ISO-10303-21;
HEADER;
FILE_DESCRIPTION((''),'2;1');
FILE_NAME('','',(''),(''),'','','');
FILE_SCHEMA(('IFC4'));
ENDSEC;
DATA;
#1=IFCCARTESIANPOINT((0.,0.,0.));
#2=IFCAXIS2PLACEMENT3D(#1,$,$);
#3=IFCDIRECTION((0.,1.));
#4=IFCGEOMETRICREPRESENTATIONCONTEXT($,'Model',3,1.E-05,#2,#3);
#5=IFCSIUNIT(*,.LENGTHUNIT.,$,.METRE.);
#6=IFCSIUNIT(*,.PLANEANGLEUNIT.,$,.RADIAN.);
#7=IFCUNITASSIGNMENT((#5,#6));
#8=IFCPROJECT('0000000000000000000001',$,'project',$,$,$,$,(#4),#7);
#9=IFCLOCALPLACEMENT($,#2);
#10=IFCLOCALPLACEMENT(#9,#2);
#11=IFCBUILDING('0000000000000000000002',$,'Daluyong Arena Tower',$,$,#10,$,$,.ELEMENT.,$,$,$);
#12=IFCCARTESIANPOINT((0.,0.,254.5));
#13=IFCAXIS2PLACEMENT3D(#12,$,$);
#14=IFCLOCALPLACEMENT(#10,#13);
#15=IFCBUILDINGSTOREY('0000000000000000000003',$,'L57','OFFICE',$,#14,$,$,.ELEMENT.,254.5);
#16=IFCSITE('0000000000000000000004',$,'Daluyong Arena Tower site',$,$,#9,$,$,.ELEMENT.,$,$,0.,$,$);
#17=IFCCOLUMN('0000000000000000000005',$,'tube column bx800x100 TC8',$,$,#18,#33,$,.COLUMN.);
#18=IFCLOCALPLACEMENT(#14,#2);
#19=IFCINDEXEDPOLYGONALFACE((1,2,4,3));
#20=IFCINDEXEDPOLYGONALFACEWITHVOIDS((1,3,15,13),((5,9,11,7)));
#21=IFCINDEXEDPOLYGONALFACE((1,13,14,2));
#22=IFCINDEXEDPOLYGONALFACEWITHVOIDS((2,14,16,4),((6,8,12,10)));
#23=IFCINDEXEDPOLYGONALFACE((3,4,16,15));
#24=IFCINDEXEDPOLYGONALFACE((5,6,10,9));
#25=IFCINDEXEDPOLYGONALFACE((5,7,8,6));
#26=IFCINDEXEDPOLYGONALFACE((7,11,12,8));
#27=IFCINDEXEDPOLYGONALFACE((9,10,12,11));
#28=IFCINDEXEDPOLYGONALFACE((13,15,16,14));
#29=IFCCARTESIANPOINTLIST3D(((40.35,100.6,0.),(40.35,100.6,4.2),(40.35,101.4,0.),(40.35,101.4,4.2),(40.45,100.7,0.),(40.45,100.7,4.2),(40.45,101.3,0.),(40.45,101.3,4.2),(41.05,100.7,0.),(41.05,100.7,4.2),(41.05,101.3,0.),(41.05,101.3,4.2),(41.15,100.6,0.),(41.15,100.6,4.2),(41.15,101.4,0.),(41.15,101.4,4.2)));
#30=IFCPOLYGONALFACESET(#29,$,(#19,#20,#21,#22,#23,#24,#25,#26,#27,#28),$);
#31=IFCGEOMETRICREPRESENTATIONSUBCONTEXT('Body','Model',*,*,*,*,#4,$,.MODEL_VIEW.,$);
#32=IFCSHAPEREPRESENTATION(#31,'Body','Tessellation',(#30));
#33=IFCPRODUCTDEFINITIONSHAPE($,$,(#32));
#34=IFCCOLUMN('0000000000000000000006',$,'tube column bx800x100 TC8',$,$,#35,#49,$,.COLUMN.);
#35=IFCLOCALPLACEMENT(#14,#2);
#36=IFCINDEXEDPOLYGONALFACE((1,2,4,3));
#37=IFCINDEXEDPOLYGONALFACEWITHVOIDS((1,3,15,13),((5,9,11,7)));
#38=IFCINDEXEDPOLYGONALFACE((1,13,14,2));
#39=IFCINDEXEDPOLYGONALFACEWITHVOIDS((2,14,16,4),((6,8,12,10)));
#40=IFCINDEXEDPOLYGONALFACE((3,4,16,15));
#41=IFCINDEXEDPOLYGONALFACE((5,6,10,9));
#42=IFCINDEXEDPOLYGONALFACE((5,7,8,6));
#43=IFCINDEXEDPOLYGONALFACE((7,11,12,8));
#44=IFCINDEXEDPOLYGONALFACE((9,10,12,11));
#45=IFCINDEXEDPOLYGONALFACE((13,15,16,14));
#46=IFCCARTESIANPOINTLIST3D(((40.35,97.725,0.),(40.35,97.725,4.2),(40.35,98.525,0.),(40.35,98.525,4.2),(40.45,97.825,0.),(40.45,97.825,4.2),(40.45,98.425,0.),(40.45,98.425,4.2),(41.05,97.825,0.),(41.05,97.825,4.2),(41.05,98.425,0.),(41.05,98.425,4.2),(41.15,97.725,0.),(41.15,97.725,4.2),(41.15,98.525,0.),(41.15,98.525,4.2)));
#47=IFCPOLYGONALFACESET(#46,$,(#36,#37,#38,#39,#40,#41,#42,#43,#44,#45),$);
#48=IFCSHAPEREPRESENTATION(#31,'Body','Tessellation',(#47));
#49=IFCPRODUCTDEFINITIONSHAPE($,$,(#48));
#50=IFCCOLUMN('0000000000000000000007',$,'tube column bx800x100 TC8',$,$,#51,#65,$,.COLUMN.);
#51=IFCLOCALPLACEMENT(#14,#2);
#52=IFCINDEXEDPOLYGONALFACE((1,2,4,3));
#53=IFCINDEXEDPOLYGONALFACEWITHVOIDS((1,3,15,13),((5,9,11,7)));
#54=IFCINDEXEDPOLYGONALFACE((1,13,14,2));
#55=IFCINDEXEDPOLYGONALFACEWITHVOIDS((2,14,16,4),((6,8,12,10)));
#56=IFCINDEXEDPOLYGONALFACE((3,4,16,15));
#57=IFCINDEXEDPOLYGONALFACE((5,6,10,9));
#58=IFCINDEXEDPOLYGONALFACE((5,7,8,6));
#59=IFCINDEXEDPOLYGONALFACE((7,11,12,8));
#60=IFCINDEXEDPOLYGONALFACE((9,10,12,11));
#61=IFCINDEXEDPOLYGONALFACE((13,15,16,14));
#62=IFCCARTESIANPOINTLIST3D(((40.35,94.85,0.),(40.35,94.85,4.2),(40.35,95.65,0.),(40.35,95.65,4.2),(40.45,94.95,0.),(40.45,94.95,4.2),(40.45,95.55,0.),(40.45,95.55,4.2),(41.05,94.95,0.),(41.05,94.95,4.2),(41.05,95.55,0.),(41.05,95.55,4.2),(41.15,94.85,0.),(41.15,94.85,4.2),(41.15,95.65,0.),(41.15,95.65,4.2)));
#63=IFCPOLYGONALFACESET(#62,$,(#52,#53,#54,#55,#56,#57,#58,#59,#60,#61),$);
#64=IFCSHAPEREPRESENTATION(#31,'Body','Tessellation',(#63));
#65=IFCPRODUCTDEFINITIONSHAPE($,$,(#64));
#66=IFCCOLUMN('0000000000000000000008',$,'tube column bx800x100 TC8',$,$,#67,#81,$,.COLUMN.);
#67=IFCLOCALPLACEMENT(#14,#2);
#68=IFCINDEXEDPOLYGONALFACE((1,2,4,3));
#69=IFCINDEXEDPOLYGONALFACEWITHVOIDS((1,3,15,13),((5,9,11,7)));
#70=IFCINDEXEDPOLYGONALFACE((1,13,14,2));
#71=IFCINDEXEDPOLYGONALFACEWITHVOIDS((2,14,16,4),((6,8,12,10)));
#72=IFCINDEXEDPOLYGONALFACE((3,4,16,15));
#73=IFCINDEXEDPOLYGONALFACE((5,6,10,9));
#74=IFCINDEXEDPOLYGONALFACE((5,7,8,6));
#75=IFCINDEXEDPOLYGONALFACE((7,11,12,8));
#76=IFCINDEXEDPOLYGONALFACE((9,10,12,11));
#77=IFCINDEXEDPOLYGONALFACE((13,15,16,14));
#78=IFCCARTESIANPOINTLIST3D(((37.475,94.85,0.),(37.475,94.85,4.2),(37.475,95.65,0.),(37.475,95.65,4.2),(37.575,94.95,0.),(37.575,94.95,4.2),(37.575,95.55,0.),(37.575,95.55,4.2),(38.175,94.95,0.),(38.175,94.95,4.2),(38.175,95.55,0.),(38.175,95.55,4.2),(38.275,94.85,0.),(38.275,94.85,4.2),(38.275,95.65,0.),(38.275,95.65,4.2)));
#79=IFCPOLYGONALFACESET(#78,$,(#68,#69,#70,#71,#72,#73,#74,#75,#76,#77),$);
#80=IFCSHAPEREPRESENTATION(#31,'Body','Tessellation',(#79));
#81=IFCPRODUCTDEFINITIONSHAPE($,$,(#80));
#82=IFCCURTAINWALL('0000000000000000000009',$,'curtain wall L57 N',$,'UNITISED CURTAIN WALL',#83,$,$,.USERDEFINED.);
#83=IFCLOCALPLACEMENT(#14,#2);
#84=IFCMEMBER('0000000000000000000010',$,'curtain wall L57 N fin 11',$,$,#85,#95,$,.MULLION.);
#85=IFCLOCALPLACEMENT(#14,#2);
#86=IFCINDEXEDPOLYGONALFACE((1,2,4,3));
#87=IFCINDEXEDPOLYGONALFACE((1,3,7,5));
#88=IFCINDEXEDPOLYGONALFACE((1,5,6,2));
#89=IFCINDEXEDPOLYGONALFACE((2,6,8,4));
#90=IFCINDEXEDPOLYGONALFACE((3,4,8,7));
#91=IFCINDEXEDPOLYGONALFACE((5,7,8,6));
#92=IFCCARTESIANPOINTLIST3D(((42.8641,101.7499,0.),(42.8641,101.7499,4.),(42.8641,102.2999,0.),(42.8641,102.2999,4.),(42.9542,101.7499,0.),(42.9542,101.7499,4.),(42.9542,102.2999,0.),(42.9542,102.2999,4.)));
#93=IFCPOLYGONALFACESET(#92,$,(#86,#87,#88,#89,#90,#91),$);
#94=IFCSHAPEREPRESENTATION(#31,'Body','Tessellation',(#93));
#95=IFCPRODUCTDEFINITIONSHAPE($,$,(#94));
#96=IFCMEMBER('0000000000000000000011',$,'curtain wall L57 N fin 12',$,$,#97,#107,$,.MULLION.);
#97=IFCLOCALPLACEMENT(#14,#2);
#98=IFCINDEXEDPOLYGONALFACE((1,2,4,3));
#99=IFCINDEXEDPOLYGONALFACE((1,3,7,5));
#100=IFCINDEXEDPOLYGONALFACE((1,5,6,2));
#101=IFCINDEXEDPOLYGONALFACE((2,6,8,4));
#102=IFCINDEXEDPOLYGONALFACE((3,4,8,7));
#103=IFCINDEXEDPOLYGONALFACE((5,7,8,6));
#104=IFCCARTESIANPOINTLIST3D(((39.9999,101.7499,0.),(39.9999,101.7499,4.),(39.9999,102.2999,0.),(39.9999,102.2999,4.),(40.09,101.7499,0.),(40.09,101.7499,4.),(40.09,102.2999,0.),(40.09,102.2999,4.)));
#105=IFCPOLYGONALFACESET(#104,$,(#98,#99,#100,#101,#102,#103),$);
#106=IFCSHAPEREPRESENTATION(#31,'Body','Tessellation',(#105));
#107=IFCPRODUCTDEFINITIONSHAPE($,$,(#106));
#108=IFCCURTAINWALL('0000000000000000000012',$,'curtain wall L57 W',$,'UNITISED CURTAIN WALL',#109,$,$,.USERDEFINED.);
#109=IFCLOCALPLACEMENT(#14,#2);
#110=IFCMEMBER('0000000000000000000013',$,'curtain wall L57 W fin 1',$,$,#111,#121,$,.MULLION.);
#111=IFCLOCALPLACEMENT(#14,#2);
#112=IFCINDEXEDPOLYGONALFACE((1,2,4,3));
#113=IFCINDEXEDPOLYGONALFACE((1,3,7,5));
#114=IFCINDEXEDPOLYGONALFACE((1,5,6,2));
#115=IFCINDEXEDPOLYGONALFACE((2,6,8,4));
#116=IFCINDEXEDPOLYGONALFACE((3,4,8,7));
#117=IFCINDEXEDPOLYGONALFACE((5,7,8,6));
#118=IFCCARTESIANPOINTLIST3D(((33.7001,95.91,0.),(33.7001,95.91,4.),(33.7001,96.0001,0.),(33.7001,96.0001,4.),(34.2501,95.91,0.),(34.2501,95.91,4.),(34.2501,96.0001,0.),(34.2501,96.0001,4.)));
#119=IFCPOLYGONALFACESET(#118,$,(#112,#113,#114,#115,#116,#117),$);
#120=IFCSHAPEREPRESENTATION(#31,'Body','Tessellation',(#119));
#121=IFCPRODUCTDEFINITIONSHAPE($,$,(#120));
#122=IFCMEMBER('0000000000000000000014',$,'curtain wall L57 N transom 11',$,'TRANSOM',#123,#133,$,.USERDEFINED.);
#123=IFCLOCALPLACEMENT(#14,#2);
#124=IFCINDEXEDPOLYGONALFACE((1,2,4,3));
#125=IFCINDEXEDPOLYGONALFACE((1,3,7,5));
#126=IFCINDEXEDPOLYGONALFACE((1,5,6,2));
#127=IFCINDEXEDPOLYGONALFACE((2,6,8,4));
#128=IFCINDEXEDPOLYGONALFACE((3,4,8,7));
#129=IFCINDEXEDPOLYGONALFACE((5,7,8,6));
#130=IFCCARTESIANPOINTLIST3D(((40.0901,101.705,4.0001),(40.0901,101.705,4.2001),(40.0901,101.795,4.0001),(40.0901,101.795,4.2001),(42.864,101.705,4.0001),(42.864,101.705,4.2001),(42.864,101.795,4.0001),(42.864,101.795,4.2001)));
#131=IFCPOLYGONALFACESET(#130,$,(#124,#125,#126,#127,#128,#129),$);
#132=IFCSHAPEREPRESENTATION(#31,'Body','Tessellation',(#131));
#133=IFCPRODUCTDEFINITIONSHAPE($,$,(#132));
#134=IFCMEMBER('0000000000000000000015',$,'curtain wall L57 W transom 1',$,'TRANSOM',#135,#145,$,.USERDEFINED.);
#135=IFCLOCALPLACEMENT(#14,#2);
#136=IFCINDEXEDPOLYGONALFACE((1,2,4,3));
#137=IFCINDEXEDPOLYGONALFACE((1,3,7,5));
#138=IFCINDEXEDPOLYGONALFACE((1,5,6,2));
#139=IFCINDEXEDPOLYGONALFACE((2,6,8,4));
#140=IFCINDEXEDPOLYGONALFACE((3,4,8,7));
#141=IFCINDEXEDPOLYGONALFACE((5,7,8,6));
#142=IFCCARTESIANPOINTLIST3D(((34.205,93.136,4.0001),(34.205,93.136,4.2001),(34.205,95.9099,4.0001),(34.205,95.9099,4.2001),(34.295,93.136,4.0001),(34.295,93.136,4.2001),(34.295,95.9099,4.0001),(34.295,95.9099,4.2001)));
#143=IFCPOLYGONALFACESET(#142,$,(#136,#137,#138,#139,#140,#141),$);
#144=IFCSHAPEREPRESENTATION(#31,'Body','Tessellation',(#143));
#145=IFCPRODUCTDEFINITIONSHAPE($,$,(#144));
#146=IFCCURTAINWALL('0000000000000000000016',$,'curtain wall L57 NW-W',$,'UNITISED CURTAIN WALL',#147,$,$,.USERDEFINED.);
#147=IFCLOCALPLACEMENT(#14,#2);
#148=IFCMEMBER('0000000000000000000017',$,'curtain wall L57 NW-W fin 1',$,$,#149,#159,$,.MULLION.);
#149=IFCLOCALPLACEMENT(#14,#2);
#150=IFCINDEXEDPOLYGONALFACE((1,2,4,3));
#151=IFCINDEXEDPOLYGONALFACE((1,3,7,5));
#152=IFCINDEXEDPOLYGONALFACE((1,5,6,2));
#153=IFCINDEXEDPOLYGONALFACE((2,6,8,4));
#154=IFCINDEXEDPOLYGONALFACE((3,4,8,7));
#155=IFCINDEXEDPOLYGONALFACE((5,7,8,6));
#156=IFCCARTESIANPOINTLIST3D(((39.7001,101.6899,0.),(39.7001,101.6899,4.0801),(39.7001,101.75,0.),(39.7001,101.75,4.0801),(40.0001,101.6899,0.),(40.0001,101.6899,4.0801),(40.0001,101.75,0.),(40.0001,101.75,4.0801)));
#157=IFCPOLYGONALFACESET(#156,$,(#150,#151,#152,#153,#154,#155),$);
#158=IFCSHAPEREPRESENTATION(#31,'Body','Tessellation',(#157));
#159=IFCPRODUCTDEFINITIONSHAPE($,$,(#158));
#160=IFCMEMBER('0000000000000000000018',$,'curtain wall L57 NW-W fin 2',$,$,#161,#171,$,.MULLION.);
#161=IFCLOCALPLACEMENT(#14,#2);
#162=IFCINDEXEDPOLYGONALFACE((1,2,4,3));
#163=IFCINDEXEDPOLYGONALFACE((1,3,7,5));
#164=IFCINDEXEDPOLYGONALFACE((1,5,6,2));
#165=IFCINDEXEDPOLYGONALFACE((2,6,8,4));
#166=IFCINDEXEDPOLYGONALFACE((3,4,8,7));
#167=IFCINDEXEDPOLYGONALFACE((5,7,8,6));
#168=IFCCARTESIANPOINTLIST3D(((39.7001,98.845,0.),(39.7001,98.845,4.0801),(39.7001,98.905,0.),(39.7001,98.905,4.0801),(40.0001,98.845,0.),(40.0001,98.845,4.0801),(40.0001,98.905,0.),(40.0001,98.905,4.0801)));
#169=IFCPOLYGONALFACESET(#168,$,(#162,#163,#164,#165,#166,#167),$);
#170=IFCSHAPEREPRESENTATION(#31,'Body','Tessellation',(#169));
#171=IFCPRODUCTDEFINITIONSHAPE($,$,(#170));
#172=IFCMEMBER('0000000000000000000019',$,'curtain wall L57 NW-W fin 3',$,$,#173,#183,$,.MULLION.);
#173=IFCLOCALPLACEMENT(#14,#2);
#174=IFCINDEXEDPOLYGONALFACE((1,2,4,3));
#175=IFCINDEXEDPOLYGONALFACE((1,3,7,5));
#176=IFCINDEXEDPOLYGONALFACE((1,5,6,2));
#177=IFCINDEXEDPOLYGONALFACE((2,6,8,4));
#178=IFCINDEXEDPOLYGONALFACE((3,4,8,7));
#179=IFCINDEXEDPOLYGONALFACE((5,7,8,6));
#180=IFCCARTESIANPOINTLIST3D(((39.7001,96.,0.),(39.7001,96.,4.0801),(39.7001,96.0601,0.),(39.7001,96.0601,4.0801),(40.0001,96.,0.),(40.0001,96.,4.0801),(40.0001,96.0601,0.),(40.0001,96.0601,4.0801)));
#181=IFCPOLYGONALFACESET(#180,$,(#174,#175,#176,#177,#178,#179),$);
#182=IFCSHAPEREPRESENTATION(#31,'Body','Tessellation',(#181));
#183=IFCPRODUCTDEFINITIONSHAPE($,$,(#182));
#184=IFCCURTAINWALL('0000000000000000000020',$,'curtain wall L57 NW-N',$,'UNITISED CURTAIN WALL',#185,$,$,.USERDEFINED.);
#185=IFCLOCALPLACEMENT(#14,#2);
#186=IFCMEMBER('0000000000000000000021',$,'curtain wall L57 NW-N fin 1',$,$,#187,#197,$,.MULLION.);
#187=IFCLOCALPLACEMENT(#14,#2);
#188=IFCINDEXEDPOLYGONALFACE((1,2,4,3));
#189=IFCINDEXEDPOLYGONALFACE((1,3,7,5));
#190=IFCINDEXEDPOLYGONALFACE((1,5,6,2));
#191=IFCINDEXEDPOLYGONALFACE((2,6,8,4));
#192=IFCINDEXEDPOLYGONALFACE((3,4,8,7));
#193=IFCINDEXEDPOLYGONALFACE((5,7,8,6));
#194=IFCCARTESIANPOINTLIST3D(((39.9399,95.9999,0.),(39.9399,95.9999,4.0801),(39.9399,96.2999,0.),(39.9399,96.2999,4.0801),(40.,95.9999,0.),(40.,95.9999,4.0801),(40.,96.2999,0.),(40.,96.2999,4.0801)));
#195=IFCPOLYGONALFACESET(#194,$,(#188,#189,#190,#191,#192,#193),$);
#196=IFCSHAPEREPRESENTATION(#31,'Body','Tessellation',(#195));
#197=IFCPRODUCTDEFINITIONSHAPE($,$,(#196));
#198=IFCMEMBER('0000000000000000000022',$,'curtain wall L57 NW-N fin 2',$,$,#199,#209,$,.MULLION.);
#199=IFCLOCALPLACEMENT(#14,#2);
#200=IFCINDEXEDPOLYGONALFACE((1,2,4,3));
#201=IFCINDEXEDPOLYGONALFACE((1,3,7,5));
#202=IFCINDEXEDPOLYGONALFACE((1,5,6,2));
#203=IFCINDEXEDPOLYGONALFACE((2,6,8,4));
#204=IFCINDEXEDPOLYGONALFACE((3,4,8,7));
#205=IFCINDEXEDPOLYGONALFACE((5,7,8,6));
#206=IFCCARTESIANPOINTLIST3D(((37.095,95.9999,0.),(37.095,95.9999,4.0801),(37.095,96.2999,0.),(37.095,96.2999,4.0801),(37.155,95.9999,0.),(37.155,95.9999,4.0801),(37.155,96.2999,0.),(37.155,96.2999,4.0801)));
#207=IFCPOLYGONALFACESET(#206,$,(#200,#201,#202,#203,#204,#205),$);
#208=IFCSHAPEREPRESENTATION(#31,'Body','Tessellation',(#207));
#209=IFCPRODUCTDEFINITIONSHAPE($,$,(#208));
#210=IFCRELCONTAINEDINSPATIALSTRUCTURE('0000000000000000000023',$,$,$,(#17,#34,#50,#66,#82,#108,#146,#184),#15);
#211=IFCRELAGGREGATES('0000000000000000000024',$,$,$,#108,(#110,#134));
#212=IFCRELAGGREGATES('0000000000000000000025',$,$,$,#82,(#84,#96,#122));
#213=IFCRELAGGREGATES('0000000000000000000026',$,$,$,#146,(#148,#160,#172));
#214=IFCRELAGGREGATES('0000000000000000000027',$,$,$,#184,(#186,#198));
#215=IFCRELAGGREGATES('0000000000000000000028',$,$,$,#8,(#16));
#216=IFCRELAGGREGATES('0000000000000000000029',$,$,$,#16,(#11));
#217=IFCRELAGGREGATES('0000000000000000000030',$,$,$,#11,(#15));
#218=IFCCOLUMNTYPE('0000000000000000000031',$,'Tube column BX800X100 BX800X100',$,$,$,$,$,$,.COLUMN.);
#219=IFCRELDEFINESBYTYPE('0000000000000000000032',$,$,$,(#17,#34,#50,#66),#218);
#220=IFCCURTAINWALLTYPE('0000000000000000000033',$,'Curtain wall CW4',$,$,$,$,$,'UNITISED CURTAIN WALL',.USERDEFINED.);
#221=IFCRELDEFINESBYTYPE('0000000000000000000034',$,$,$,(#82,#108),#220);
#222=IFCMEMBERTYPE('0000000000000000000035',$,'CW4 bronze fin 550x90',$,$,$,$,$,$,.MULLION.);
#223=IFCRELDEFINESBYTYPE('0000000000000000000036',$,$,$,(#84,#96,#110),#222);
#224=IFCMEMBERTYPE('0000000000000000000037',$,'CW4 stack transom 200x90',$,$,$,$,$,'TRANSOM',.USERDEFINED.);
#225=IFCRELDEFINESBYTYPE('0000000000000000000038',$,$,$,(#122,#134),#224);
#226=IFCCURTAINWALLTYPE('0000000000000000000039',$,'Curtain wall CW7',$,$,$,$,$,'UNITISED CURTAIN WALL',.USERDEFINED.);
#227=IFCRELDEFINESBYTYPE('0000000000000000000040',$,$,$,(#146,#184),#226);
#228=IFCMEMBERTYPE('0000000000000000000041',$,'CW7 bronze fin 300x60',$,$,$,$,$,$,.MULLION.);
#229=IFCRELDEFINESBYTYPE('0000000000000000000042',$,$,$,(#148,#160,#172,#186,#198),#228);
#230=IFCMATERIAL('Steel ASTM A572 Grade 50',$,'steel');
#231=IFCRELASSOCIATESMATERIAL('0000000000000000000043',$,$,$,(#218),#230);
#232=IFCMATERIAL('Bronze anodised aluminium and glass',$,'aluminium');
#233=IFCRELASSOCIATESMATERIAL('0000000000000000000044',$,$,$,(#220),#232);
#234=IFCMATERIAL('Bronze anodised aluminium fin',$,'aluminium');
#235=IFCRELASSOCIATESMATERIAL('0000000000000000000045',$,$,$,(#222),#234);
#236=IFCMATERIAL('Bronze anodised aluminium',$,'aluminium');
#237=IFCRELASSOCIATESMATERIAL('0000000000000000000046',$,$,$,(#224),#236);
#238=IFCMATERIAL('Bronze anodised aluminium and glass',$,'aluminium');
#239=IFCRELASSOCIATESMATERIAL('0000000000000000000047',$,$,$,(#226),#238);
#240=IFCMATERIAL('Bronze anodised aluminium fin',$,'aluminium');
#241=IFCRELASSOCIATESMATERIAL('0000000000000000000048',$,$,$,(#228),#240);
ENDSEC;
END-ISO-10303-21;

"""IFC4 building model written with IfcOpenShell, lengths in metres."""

from ifc_helpers import new_model, si_unit, direction, frame, origin, origin_2d, place, context, subcontext, project, spatial, rectangle, hollow_rectangle, extrude, material, material_profile, profile_set, type_object, element, aggregate, save


model = new_model("IFC4")

# Units and contexts
model_context = context("Model", 3, precision=1e-05, world=origin(), true_north=direction((0.0, 1.0)))
body_context = subcontext(model_context, "Body", "Model", "MODEL_VIEW")
ifc_project = project(units=[si_unit("LENGTHUNIT", "METRE"), si_unit("PLANEANGLEUNIT", "RADIAN")], contexts=[model_context])

# Site, building, storey
site_placement = place(None, origin())
site = spatial("IfcSite", under=ifc_project, at=site_placement, Name="Daluyong Arena Tower site", CompositionType="ELEMENT", RefElevation=0.0)
building_placement = place(site_placement, origin())
building = spatial("IfcBuilding", under=site, at=building_placement, Name="Daluyong Arena Tower", CompositionType="ELEMENT")
storey_placement = place(building_placement, frame((0.0, 0.0, 254.5)))
storey = spatial("IfcBuildingStorey", under=building, at=storey_placement, Name="L57", Description="OFFICE", CompositionType="ELEMENT", Elevation=254.5)

# Columns
ifc_material_1 = material(Name="Steel ASTM A572 Grade 50", Category="steel")
ifc_material_profile_1 = material_profile(ifc_material_1, hollow_rectangle(XDim=0.8, YDim=0.8, WallThickness=0.1, at=origin_2d()))
ifc_profile_set_1 = profile_set([ifc_material_profile_1], Name="Steel ASTM A572 Grade 50")
column_type = type_object("IfcColumnType", Name="Tube column BX800X100 BX800X100", PredefinedType="COLUMN", material=ifc_profile_set_1)
for number, where, z_axis, x_axis, name in (
    (1, (40.75, 101.0, 0.0), (0.0, 0.0, 1.0), (0.0, 1.0, 0.0), "tube column bx800x100 TC8"),
    (2, (40.75, 98.125, 0.0), (0.0, 0.0, 1.0), (0.0, 1.0, 0.0), "tube column bx800x100 TC8"),
    (3, (40.75, 95.25, 0.0), (0.0, 0.0, 1.0), (1.0, 0.0, 0.0), "tube column bx800x100 TC8"),
    (4, (37.875, 95.25, 0.0), (0.0, 0.0, 1.0), (1.0, 0.0, 0.0), "tube column bx800x100 TC8"),
):
    element("IfcColumn", number, at=place(storey_placement, frame(where, z_axis=z_axis, x_axis=x_axis)), inside=storey, type_object=column_type, Name=name, PredefinedType="COLUMN", context=body_context, shape_type="SweptSolid", body=[
        extrude(hollow_rectangle(XDim=0.8, YDim=0.8, WallThickness=0.1, at=origin_2d()), origin(), (0.0, 0.0, 1.0), 4.2),
    ])

# Curtain wall, members
ifc_material_2 = material(Name="Bronze anodised aluminium and glass", Category="aluminium")
curtain_wall_type_1 = type_object("IfcCurtainWallType", Name="Curtain wall CW4", ElementType="UNITISED CURTAIN WALL", PredefinedType="USERDEFINED", material=ifc_material_2)
curtain_wall_1_placement = place(storey_placement, origin())
curtain_wall_1 = element("IfcCurtainWall", 5, at=curtain_wall_1_placement, inside=storey, type_object=curtain_wall_type_1, Name="curtain wall L57 N", ObjectType="UNITISED CURTAIN WALL", PredefinedType="USERDEFINED")
ifc_material_3 = material(Name="Bronze anodised aluminium fin", Category="aluminium")
ifc_material_profile_2 = material_profile(ifc_material_3, rectangle(XDim=0.55, YDim=0.0901, at=origin_2d()))
ifc_profile_set_2 = profile_set([ifc_material_profile_2], Name="Bronze anodised aluminium fin")
member_type_1 = type_object("IfcMemberType", Name="CW4 bronze fin 550x90", PredefinedType="MULLION", material=ifc_profile_set_2)
member_1_placement = place(storey_placement, frame((42.9092, 102.0249, 0.0), z_axis=(0.0, 0.0, 1.0), x_axis=(0.0, -1.0, 0.0)))
member_1 = element("IfcMember", 6, at=member_1_placement, type_object=member_type_1, Name="curtain wall L57 N fin 11", PredefinedType="MULLION", context=body_context, shape_type="SweptSolid", body=[
    extrude(rectangle(XDim=0.55, YDim=0.0901, at=origin_2d()), origin(), (0.0, 0.0, 1.0), 4.0),
])
member_2_placement = place(storey_placement, frame((40.0449, 102.0249, 0.0), z_axis=(0.0, 0.0, 1.0), x_axis=(0.0, -1.0, 0.0)))
member_2 = element("IfcMember", 7, at=member_2_placement, type_object=member_type_1, Name="curtain wall L57 N fin 12", PredefinedType="MULLION", context=body_context, shape_type="SweptSolid", body=[
    extrude(rectangle(XDim=0.55, YDim=0.0901, at=origin_2d()), origin(), (0.0, 0.0, 1.0), 4.0),
])

# Curtain wall, member
curtain_wall_2_placement = place(storey_placement, origin())
curtain_wall_2 = element("IfcCurtainWall", 8, at=curtain_wall_2_placement, inside=storey, type_object=curtain_wall_type_1, Name="curtain wall L57 W", ObjectType="UNITISED CURTAIN WALL", PredefinedType="USERDEFINED")
member_3_placement = place(storey_placement, frame((33.9751, 95.9551, 0.0), z_axis=(0.0, 0.0, 1.0), x_axis=(1.0, 0.0, 0.0)))
member_3 = element("IfcMember", 9, at=member_3_placement, type_object=member_type_1, Name="curtain wall L57 W fin 1", PredefinedType="MULLION", context=body_context, shape_type="SweptSolid", body=[
    extrude(rectangle(XDim=0.55, YDim=0.0901, at=origin_2d()), origin(), (0.0, 0.0, 1.0), 4.0),
])

# Members
ifc_material_4 = material(Name="Bronze anodised aluminium", Category="aluminium")
ifc_material_profile_3 = material_profile(ifc_material_4, rectangle(XDim=0.0901, YDim=0.2, at=origin_2d()))
ifc_profile_set_3 = profile_set([ifc_material_profile_3], Name="Bronze anodised aluminium")
member_type_2 = type_object("IfcMemberType", Name="CW4 stack transom 200x90", ElementType="TRANSOM", PredefinedType="USERDEFINED", material=ifc_profile_set_3)
member_4_placement = place(storey_placement, frame((42.864, 101.75, 4.1001), z_axis=(-1.0, 0.0, 0.0), x_axis=(0.0, -1.0, 0.0)))
member_4 = element("IfcMember", 10, at=member_4_placement, type_object=member_type_2, Name="curtain wall L57 N transom 11", ObjectType="TRANSOM", PredefinedType="USERDEFINED", context=body_context, shape_type="SweptSolid", body=[
    extrude(rectangle(XDim=0.0901, YDim=0.2, at=origin_2d()), origin(), (0.0, 0.0, 1.0), 2.7739),
])
member_5_placement = place(storey_placement, frame((34.25, 95.9099, 4.1001), z_axis=(0.0, -1.0, 0.0), x_axis=(1.0, 0.0, 0.0)))
member_5 = element("IfcMember", 11, at=member_5_placement, type_object=member_type_2, Name="curtain wall L57 W transom 1", ObjectType="TRANSOM", PredefinedType="USERDEFINED", context=body_context, shape_type="SweptSolid", body=[
    extrude(rectangle(XDim=0.0901, YDim=0.2, at=origin_2d()), origin(), (0.0, 0.0, 1.0), 2.7739),
])
aggregate(curtain_wall_2, [member_3, member_5])

# Curtain walls, members
ifc_material_5 = material(Name="Bronze anodised aluminium and glass", Category="aluminium")
curtain_wall_type_2 = type_object("IfcCurtainWallType", Name="Curtain wall CW7", ElementType="UNITISED CURTAIN WALL", PredefinedType="USERDEFINED", material=ifc_material_5)
curtain_wall_3_placement = place(storey_placement, origin())
curtain_wall_3 = element("IfcCurtainWall", 12, at=curtain_wall_3_placement, inside=storey, type_object=curtain_wall_type_2, Name="curtain wall L57 NW-W", ObjectType="UNITISED CURTAIN WALL", PredefinedType="USERDEFINED")
ifc_material_6 = material(Name="Bronze anodised aluminium fin", Category="aluminium")
ifc_material_profile_4 = material_profile(ifc_material_6, rectangle(XDim=0.3, YDim=0.0601, at=origin_2d()))
ifc_profile_set_4 = profile_set([ifc_material_profile_4], Name="Bronze anodised aluminium fin")
member_type_3 = type_object("IfcMemberType", Name="CW7 bronze fin 300x60", PredefinedType="MULLION", material=ifc_profile_set_4)
member_6_placement = place(storey_placement, frame((39.8501, 101.72, 0.0), z_axis=(0.0, 0.0, 1.0), x_axis=(1.0, 0.0, 0.0)))
member_6 = element("IfcMember", 13, at=member_6_placement, type_object=member_type_3, Name="curtain wall L57 NW-W fin 1", PredefinedType="MULLION", context=body_context, shape_type="SweptSolid", body=[
    extrude(rectangle(XDim=0.3, YDim=0.0601, at=origin_2d()), origin(), (0.0, 0.0, 1.0), 4.0801),
])
member_7_placement = place(storey_placement, frame((39.8501, 98.875, 0.0), z_axis=(0.0, 0.0, 1.0), x_axis=(1.0, 0.0, 0.0)))
member_7 = element("IfcMember", 14, at=member_7_placement, type_object=member_type_3, Name="curtain wall L57 NW-W fin 2", PredefinedType="MULLION", context=body_context, shape_type="SweptSolid", body=[
    extrude(rectangle(XDim=0.3, YDim=0.0601, at=origin_2d()), origin(), (0.0, 0.0, 1.0), 4.0801),
])
member_8_placement = place(storey_placement, frame((39.8501, 96.03, 0.0), z_axis=(0.0, 0.0, 1.0), x_axis=(1.0, 0.0, 0.0)))
member_8 = element("IfcMember", 15, at=member_8_placement, type_object=member_type_3, Name="curtain wall L57 NW-W fin 3", PredefinedType="MULLION", context=body_context, shape_type="SweptSolid", body=[
    extrude(rectangle(XDim=0.3, YDim=0.0601, at=origin_2d()), origin(), (0.0, 0.0, 1.0), 4.0801),
])
curtain_wall_4_placement = place(storey_placement, origin())
curtain_wall_4 = element("IfcCurtainWall", 16, at=curtain_wall_4_placement, inside=storey, type_object=curtain_wall_type_2, Name="curtain wall L57 NW-N", ObjectType="UNITISED CURTAIN WALL", PredefinedType="USERDEFINED")
member_9_placement = place(storey_placement, frame((39.97, 96.1499, 0.0), z_axis=(0.0, 0.0, 1.0), x_axis=(0.0, -1.0, 0.0)))
member_9 = element("IfcMember", 17, at=member_9_placement, type_object=member_type_3, Name="curtain wall L57 NW-N fin 1", PredefinedType="MULLION", context=body_context, shape_type="SweptSolid", body=[
    extrude(rectangle(XDim=0.3, YDim=0.0601, at=origin_2d()), origin(), (0.0, 0.0, 1.0), 4.0801),
])
member_10_placement = place(storey_placement, frame((37.125, 96.1499, 0.0), z_axis=(0.0, 0.0, 1.0), x_axis=(0.0, -1.0, 0.0)))
member_10 = element("IfcMember", 18, at=member_10_placement, type_object=member_type_3, Name="curtain wall L57 NW-N fin 2", PredefinedType="MULLION", context=body_context, shape_type="SweptSolid", body=[
    extrude(rectangle(XDim=0.3, YDim=0.0601, at=origin_2d()), origin(), (0.0, 0.0, 1.0), 4.0801),
])

aggregate(curtain_wall_1, [member_1, member_2, member_4])
aggregate(curtain_wall_3, [member_6, member_7, member_8])
aggregate(curtain_wall_4, [member_9, member_10])

save(model, "model.ifc")
